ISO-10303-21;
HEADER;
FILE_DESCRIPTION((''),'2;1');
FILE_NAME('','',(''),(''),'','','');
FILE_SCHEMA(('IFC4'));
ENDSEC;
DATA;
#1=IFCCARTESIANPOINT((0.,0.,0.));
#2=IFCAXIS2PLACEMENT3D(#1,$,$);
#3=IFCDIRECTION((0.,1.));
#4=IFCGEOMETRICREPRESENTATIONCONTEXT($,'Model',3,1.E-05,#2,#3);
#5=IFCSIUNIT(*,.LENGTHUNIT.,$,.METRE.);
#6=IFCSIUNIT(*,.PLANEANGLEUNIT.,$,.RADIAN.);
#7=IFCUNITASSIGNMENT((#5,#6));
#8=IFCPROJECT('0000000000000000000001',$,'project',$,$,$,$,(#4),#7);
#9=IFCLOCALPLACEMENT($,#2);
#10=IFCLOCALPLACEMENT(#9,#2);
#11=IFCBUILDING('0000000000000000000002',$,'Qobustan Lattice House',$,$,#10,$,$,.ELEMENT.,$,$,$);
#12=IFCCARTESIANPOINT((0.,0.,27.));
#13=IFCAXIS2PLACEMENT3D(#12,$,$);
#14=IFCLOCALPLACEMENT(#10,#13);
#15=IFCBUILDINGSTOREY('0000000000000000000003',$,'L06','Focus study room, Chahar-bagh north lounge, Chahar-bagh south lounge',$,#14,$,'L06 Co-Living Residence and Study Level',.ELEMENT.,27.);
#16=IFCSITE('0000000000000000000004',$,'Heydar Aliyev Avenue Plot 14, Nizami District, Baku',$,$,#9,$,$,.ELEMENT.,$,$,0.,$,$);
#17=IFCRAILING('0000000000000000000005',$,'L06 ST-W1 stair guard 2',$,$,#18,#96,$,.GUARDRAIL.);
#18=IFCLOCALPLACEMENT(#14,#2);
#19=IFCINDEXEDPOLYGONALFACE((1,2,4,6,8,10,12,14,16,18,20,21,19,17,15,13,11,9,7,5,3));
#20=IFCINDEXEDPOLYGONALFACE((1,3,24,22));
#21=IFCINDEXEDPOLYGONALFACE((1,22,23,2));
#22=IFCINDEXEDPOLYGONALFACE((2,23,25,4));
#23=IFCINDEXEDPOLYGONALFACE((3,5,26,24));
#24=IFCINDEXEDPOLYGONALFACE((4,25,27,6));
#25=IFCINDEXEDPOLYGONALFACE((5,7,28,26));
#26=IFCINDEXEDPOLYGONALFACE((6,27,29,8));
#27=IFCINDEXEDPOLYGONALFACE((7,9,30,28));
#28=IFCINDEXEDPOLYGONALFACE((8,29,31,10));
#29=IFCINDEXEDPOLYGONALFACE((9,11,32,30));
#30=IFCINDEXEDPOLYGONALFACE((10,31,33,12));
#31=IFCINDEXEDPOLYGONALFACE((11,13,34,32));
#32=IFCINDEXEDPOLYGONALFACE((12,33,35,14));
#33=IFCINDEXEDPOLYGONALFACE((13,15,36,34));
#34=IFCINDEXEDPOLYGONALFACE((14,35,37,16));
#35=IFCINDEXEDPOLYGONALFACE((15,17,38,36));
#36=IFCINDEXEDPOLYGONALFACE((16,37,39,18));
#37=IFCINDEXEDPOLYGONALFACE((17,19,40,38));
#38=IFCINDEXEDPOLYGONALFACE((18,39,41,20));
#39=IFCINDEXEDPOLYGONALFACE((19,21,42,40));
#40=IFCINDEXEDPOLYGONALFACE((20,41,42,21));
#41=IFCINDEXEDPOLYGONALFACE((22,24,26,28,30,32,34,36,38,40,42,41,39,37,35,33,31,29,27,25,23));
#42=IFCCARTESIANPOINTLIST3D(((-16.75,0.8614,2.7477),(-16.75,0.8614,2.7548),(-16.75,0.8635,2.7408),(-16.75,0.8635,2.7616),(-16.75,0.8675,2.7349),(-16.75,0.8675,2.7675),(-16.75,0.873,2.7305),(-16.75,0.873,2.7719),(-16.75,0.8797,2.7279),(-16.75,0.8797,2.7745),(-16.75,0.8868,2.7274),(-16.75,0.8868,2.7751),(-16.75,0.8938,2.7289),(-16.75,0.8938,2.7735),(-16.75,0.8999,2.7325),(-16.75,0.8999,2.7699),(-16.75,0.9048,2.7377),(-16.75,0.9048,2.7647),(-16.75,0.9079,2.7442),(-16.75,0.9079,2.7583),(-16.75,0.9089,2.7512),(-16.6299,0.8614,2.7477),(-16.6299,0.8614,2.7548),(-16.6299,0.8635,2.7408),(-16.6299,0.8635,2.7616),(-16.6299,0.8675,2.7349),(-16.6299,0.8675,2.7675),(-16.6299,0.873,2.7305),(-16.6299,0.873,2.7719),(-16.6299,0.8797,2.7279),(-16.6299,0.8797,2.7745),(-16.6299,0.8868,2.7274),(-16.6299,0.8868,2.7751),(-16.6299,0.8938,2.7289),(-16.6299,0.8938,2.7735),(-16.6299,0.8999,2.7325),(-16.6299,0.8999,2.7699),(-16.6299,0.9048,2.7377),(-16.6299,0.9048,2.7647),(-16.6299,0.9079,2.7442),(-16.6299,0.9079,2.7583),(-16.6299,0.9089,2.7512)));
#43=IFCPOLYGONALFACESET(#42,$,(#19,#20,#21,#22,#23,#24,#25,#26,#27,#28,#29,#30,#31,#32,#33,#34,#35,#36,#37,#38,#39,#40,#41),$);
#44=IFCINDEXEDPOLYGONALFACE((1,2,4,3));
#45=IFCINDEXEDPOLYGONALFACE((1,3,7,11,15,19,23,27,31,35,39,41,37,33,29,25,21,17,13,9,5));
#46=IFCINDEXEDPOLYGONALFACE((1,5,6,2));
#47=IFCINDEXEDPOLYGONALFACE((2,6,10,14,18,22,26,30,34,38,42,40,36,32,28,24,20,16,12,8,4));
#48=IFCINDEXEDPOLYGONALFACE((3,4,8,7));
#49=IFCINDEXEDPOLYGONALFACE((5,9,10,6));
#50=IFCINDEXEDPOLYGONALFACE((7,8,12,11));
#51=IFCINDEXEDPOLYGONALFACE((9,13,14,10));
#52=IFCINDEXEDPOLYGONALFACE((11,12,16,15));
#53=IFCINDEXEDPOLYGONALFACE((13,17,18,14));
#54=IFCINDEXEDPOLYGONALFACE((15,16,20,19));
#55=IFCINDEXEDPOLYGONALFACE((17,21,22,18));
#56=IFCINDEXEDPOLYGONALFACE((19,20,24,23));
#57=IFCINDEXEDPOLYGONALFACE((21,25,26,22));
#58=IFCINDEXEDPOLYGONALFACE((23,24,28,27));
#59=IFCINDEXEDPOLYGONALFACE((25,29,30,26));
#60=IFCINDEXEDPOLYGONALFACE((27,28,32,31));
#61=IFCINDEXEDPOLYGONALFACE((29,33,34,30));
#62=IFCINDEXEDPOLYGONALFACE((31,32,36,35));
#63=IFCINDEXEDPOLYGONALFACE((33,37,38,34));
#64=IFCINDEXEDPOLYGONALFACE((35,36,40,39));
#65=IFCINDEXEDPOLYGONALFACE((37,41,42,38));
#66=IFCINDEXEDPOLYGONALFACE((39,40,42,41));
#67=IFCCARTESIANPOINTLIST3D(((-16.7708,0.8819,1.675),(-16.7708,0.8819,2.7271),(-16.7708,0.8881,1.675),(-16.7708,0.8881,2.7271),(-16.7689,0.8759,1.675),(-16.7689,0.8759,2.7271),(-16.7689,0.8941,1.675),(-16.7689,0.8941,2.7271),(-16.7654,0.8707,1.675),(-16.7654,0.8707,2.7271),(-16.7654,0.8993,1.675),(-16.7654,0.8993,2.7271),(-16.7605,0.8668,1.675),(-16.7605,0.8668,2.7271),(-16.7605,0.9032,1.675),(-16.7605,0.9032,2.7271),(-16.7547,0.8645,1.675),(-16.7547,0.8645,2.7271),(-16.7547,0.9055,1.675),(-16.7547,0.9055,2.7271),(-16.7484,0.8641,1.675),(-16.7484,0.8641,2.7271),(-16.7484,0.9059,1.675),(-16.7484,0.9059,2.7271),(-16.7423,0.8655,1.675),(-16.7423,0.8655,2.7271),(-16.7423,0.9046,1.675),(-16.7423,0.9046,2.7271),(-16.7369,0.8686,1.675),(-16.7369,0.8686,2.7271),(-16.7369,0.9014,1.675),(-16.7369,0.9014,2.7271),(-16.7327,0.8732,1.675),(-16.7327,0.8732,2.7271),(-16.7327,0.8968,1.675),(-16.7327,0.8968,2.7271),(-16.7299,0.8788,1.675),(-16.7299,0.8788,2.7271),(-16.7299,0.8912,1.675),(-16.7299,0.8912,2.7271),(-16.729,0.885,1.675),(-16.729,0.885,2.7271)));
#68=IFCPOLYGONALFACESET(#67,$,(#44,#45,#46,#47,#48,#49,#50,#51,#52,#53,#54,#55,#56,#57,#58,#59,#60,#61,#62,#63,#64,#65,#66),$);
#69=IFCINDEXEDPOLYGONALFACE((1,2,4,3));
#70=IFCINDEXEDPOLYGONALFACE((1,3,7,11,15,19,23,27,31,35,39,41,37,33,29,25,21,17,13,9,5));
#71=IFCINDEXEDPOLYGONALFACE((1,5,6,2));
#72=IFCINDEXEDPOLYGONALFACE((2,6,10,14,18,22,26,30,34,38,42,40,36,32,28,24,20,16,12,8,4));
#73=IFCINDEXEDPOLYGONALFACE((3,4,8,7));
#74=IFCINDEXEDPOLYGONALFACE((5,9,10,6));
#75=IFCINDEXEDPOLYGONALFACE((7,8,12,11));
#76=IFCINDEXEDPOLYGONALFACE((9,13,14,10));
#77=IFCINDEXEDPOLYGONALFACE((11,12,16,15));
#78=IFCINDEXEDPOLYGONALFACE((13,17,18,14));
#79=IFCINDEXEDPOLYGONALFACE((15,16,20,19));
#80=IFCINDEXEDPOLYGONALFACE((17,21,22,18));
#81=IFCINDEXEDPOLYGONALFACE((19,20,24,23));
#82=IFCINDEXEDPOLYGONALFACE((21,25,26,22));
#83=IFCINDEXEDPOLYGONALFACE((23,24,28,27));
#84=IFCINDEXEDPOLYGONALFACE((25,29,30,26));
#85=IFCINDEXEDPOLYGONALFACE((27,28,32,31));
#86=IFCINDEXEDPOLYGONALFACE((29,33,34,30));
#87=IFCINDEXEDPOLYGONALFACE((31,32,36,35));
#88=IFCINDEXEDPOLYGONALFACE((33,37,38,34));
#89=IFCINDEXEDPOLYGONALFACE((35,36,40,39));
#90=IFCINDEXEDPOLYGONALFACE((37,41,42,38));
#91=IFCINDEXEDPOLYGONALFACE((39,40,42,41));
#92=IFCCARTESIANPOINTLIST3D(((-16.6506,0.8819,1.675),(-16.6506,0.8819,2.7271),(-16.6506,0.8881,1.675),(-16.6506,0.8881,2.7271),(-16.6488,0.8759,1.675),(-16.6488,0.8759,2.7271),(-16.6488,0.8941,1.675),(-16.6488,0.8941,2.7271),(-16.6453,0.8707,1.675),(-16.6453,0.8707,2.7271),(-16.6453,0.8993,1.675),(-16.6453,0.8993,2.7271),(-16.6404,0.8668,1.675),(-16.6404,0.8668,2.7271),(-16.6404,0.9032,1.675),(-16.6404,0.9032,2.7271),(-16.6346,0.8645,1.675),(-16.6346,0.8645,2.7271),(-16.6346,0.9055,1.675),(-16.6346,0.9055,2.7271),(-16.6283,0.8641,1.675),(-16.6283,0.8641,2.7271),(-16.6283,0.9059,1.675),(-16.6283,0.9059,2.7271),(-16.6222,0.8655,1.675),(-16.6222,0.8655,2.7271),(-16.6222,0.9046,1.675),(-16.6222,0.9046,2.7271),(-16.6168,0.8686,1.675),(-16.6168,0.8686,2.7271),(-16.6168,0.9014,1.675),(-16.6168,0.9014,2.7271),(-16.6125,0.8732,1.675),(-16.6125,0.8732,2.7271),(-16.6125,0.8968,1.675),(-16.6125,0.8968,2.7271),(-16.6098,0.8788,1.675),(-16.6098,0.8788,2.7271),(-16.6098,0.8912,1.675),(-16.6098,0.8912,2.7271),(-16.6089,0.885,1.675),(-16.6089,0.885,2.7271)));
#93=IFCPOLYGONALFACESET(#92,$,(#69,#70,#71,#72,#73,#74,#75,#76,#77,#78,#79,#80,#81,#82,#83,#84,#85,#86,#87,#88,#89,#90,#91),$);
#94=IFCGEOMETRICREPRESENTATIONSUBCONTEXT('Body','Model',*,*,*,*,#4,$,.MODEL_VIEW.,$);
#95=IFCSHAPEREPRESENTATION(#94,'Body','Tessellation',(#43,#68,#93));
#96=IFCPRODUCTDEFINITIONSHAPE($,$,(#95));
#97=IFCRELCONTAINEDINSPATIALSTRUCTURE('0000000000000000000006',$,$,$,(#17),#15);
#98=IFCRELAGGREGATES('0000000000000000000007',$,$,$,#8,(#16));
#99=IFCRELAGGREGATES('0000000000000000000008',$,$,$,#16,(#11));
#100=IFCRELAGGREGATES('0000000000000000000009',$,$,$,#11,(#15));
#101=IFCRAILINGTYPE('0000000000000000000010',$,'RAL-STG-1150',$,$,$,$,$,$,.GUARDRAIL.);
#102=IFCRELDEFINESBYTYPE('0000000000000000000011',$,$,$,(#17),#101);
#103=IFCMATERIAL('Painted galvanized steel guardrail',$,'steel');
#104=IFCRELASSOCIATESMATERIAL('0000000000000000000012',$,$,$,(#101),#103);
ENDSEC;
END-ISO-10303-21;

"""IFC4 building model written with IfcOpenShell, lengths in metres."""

from ifc_helpers import new_model, si_unit, direction, frame, origin, origin_2d, place, context, subcontext, project, spatial, circle, extrude, material, type_object, element, save


model = new_model("IFC4")

# Units and contexts
model_context = context("Model", 3, precision=1e-05, world=origin(), true_north=direction((0.0, 1.0)))
body_context = subcontext(model_context, "Body", "Model", "MODEL_VIEW")
ifc_project = project(units=[si_unit("LENGTHUNIT", "METRE"), si_unit("PLANEANGLEUNIT", "RADIAN")], contexts=[model_context])

# Site, building, storey
site_placement = place(None, origin())
site = spatial("IfcSite", under=ifc_project, at=site_placement, Name="Heydar Aliyev Avenue Plot 14, Nizami District, Baku", CompositionType="ELEMENT", RefElevation=0.0)
building_placement = place(site_placement, origin())
building = spatial("IfcBuilding", under=site, at=building_placement, Name="Qobustan Lattice House", CompositionType="ELEMENT")
storey_placement = place(building_placement, frame((0.0, 0.0, 27.0)))
storey = spatial("IfcBuildingStorey", under=building, at=storey_placement, Name="L06", Description="Focus study room, Chahar-bagh north lounge, Chahar-bagh south lounge", LongName="L06 Co-Living Residence and Study Level", CompositionType="ELEMENT", Elevation=27.0)

# Railing
ifc_material_1 = material(Name="Painted galvanized steel guardrail", Category="steel")
railing_type_1 = type_object("IfcRailingType", Name="RAL-STG-1150", PredefinedType="GUARDRAIL", material=ifc_material_1)
railing_1_placement = place(storey_placement, frame((-16.75, 0.885, 1.675)))
element("IfcRailing", 1, at=railing_1_placement, inside=storey, type_object=railing_type_1, Name="L06 ST-W1 stair guard 2", PredefinedType="GUARDRAIL", context=body_context, shape_type="SweptSolid", body=[
    extrude(circle(Radius=0.0239, at=origin_2d()), frame((0.0, 0.0, 1.0762), z_axis=(1.0, 0.0, 0.0), x_axis=(0.0, 1.0, 0.0)), (0.0, 0.0, 1.0), 0.1201),
    extrude(circle(Radius=0.021, at=origin_2d()), origin(), (0.0, 0.0, 1.0), 1.052),
    extrude(circle(Radius=0.021, at=origin_2d()), frame((0.1201, 0.0, 0.0)), (0.0, 0.0, 1.0), 1.052),
])

save(model, "model.ifc")
